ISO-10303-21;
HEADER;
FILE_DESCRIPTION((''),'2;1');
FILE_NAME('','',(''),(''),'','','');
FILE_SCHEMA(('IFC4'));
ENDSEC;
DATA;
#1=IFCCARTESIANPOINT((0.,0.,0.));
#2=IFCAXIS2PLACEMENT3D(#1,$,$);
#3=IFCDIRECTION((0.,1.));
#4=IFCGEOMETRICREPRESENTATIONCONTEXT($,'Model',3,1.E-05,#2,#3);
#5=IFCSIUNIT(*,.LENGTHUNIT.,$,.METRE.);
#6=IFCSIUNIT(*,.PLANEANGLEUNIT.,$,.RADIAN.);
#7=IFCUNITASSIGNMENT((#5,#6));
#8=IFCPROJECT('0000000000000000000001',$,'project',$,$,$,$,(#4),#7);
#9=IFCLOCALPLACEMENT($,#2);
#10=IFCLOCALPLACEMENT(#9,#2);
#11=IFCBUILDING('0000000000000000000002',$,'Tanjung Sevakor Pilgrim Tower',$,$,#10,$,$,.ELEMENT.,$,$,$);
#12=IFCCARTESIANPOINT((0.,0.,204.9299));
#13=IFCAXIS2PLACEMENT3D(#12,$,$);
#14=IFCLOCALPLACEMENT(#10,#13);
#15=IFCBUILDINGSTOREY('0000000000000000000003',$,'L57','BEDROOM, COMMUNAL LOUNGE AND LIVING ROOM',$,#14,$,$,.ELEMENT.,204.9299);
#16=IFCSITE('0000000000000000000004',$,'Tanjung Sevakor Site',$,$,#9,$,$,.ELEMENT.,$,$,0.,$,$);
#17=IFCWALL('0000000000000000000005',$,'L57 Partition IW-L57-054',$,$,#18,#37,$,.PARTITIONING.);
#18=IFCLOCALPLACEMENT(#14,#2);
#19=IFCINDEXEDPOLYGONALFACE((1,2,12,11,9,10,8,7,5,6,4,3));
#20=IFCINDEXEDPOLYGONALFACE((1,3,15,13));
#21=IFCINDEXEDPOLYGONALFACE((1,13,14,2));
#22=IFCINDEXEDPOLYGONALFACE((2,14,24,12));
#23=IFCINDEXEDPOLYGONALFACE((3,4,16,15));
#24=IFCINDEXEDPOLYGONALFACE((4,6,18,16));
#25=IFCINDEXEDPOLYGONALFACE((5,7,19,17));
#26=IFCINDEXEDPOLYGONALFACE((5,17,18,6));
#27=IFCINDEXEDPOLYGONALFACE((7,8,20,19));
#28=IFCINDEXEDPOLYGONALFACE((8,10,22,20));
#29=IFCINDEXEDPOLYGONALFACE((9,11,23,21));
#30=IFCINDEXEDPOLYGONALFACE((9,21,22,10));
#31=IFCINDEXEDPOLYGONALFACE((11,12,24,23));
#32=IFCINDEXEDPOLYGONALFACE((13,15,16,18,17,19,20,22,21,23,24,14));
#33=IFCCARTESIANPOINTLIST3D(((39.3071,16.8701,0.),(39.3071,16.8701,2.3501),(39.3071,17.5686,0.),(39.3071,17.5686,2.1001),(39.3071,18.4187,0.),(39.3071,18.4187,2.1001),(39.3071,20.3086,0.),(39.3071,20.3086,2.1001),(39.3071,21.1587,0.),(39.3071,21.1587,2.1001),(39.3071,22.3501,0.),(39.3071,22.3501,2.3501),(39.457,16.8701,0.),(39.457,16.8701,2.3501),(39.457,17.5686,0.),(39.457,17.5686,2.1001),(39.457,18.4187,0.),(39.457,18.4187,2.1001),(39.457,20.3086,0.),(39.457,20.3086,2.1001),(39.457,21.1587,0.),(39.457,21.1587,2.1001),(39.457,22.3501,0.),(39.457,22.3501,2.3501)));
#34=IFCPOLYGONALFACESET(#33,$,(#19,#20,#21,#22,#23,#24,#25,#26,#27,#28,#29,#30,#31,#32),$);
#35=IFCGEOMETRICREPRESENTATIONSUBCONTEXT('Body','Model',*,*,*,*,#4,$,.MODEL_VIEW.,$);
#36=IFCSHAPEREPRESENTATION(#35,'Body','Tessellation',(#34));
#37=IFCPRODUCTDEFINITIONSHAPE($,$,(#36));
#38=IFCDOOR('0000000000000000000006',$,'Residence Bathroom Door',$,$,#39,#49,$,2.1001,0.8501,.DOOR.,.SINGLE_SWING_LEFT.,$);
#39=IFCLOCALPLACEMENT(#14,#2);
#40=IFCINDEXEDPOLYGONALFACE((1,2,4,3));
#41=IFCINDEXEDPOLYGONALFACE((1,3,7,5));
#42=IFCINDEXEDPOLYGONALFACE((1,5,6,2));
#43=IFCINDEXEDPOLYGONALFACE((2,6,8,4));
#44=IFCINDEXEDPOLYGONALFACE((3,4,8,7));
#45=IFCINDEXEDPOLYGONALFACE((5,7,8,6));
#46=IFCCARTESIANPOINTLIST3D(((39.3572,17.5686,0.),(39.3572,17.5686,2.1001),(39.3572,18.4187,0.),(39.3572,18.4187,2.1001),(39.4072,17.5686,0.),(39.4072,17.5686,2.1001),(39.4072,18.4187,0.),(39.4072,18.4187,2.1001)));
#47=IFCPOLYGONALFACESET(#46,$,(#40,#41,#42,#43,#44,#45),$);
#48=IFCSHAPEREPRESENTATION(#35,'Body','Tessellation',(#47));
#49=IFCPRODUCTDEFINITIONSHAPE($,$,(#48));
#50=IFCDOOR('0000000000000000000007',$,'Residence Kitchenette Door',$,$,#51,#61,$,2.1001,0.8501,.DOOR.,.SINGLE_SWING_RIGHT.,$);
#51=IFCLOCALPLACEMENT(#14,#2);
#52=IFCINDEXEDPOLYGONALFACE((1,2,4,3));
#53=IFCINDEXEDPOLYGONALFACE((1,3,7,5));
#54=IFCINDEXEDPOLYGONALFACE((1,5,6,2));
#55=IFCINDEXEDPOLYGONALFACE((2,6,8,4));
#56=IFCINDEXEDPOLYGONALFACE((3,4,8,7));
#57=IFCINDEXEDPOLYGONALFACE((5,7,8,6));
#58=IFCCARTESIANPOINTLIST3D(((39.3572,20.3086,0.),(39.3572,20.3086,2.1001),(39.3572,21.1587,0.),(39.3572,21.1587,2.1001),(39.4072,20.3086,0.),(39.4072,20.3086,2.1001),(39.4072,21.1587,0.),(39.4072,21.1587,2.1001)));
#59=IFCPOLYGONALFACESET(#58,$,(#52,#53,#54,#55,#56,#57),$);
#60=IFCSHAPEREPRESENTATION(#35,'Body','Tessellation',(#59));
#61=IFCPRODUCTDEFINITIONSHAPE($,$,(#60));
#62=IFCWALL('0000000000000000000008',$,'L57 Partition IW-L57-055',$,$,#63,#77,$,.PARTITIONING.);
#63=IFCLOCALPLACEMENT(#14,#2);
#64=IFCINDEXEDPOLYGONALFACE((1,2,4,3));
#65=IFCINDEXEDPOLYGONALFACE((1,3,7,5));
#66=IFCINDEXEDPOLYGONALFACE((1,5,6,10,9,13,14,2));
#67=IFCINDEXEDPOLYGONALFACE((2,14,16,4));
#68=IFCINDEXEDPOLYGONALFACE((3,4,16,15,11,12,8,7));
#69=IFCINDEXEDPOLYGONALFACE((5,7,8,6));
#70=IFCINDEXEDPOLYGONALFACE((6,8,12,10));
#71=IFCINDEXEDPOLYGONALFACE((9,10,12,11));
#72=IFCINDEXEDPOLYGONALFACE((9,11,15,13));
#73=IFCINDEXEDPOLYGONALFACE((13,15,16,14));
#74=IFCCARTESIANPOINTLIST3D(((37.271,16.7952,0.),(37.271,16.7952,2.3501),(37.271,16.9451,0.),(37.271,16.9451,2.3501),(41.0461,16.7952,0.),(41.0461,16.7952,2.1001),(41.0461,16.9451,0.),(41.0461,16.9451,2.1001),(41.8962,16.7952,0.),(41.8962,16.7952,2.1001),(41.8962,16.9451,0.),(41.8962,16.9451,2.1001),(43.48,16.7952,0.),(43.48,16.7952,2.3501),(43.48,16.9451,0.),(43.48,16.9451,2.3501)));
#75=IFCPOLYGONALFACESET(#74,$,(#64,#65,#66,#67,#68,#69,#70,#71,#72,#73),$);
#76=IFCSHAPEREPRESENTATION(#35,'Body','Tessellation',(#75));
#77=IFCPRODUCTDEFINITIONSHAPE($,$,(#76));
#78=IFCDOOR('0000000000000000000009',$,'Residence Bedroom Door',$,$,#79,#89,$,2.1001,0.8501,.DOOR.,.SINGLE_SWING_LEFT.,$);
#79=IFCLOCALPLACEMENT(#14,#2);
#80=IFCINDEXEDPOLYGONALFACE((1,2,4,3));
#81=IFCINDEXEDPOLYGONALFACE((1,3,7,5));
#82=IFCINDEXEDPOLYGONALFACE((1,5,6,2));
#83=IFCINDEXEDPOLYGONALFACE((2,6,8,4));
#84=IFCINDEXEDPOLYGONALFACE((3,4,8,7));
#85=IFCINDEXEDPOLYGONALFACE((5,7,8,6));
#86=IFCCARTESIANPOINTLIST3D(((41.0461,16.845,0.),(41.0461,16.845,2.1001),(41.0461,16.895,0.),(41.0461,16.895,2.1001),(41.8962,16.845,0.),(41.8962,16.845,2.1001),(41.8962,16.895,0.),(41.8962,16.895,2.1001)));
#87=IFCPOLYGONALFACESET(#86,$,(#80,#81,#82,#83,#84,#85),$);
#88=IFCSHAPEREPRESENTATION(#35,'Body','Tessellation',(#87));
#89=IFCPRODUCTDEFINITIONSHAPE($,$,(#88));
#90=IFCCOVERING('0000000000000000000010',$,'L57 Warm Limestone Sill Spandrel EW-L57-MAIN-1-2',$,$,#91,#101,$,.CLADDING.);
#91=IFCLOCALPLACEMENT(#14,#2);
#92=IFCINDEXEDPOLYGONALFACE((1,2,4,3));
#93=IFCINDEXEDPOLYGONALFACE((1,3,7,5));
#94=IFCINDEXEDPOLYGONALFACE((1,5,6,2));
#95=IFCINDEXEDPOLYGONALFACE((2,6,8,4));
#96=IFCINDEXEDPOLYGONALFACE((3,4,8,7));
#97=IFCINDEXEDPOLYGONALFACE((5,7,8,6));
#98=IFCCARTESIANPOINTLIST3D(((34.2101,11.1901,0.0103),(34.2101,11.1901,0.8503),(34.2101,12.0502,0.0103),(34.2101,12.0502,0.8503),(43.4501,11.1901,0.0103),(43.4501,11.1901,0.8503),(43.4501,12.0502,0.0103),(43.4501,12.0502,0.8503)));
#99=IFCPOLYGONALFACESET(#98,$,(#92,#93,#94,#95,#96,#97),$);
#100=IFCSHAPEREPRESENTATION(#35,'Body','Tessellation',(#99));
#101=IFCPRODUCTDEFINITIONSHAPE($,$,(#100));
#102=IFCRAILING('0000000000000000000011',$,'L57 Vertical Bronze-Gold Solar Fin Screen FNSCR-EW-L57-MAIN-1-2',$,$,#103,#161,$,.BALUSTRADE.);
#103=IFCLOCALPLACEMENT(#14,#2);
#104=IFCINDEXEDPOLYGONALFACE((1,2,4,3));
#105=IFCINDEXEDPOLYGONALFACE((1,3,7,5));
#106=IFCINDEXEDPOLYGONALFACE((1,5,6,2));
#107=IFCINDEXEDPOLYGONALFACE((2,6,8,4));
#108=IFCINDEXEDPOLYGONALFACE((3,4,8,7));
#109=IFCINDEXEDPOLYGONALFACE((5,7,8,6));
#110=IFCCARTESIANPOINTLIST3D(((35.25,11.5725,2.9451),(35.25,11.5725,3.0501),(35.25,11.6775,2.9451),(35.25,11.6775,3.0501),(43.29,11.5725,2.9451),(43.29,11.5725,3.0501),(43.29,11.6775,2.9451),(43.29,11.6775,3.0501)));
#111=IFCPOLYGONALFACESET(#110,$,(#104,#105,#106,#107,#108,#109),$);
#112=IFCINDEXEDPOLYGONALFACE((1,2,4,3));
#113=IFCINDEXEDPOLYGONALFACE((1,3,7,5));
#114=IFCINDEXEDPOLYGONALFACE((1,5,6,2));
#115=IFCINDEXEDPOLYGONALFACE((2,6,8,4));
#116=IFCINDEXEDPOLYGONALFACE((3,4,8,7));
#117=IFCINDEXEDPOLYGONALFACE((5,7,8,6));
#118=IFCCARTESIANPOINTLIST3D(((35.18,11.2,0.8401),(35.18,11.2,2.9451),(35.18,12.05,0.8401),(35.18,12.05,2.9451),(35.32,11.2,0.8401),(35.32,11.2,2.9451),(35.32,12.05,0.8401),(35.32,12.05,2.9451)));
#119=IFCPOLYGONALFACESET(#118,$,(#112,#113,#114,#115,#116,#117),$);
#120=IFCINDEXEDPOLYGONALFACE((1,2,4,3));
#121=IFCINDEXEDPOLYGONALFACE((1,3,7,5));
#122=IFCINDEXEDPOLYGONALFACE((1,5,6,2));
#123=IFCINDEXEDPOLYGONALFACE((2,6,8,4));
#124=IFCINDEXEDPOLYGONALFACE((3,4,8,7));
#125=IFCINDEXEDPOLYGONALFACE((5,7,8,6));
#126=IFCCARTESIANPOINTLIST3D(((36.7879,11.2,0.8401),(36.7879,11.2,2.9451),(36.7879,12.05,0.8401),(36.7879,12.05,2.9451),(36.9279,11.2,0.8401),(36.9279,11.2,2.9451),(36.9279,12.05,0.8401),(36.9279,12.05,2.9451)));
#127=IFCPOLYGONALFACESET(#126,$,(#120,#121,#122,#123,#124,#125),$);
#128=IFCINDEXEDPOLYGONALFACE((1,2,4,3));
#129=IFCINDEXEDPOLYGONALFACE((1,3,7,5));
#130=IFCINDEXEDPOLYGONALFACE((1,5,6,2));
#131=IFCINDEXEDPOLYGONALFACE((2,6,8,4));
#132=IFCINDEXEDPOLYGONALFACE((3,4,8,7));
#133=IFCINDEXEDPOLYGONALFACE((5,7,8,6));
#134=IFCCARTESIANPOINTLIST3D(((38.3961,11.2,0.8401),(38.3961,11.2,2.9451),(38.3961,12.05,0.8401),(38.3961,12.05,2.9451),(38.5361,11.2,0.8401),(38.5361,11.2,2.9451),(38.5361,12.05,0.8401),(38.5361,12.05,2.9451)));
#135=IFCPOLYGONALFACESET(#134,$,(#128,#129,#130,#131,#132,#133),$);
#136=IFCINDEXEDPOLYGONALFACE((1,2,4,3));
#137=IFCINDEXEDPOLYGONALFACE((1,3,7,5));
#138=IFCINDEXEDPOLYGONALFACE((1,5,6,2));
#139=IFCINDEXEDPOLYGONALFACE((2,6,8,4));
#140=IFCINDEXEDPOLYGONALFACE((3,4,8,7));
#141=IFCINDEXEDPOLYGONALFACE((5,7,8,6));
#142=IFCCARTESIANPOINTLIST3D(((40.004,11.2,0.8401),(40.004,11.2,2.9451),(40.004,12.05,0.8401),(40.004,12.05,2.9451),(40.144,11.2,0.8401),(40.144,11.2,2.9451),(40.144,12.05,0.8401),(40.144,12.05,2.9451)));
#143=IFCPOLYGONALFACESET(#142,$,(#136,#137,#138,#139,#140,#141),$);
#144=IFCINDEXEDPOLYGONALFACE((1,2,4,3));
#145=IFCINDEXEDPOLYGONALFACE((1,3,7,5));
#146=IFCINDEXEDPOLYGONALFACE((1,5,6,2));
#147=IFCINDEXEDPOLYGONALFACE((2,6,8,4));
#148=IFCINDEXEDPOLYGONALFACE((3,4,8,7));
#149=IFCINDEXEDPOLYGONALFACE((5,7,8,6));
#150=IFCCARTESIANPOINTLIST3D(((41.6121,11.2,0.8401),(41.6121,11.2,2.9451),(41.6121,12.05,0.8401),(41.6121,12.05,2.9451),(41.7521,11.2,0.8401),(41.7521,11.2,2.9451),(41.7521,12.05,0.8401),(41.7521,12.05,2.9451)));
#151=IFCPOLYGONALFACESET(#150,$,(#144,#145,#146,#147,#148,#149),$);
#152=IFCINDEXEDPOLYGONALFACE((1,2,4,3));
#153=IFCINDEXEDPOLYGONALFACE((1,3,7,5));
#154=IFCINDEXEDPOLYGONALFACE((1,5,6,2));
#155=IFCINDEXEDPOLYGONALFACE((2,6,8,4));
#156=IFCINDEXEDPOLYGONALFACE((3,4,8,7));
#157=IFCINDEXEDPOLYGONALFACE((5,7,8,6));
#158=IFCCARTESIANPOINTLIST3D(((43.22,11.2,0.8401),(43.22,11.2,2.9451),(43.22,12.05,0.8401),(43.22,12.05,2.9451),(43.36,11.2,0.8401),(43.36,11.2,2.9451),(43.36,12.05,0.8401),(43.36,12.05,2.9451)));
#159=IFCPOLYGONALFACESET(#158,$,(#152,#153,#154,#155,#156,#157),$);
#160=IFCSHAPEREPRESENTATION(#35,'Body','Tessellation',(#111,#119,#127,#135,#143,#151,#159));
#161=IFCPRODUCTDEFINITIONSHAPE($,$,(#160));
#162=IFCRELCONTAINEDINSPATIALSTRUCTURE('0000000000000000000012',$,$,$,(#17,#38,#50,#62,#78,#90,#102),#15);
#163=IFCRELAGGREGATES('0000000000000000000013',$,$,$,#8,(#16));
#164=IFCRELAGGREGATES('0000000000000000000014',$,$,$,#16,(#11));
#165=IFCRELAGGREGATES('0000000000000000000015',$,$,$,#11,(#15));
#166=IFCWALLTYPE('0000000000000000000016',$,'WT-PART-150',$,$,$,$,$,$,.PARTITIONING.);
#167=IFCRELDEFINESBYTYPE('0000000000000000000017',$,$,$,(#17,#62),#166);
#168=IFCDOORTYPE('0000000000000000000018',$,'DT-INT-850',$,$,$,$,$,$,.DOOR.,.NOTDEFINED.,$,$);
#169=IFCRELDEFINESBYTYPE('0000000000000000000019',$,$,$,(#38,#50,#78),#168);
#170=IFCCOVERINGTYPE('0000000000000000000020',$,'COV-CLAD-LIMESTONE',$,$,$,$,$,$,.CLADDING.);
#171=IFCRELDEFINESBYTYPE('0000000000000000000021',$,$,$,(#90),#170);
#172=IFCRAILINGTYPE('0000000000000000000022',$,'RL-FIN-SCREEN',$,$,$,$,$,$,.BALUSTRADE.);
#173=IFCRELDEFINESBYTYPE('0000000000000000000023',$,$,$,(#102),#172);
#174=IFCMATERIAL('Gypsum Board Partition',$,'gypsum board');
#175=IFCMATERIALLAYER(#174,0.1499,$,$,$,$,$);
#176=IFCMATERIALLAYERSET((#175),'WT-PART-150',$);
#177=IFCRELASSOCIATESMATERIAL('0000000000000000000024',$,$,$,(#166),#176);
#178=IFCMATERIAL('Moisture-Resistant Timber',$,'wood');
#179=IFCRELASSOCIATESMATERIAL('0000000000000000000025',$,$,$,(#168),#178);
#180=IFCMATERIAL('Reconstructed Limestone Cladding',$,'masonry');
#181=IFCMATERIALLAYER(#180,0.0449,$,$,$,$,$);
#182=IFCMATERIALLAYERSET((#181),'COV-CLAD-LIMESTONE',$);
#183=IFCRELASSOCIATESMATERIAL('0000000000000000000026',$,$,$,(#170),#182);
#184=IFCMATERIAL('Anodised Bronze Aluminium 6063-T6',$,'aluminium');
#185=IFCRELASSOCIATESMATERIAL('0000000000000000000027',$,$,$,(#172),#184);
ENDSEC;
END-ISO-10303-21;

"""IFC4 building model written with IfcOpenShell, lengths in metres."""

from ifc_helpers import new_model, si_unit, direction, frame, frame_2d, origin, origin_2d, place, context, subcontext, project, spatial, rectangle, extrude, material, layer, layer_set, type_object, element, fill, save


model = new_model("IFC4")

# Units and contexts
model_context = context("Model", 3, precision=1e-05, world=origin(), true_north=direction((0.0, 1.0)))
body_context = subcontext(model_context, "Body", "Model", "MODEL_VIEW")
ifc_project = project(units=[si_unit("LENGTHUNIT", "METRE"), si_unit("PLANEANGLEUNIT", "RADIAN")], contexts=[model_context])

# Site, building, storey
site_placement = place(None, origin())
site = spatial("IfcSite", under=ifc_project, at=site_placement, Name="Tanjung Sevakor Site", CompositionType="ELEMENT", RefElevation=0.0)
building_placement = place(site_placement, origin())
building = spatial("IfcBuilding", under=site, at=building_placement, Name="Tanjung Sevakor Pilgrim Tower", CompositionType="ELEMENT")
storey_placement = place(building_placement, frame((0.0, 0.0, 204.9299)))
storey = spatial("IfcBuildingStorey", under=building, at=storey_placement, Name="L57", Description="BEDROOM, COMMUNAL LOUNGE AND LIVING ROOM", CompositionType="ELEMENT", Elevation=204.9299)

# Shared definitions
ifc_material_1 = material(Name="Gypsum Board Partition", Category="gypsum board")
ifc_layer_1 = layer(ifc_material_1, 0.1499)
ifc_layer_set_1 = layer_set([ifc_layer_1], Name="WT-PART-150")
wall_type_1 = type_object("IfcWallType", Name="WT-PART-150", PredefinedType="PARTITIONING", material=ifc_layer_set_1)

# Wall, openings, doors
ifc_material_2 = material(Name="Moisture-Resistant Timber", Category="wood")
door_type = type_object("IfcDoorType", Name="DT-INT-850", OperationType="NOTDEFINED", PredefinedType="DOOR", material=ifc_material_2)
wall_1_placement = place(storey_placement, frame((39.3821, 16.8701, 0.0), z_axis=(0.0, 0.0, 1.0), x_axis=(0.0, 1.0, 0.0)))
wall_1 = element("IfcWall", 1, at=wall_1_placement, inside=storey, type_object=wall_type_1, Name="L57 Partition IW-L57-054", PredefinedType="PARTITIONING", context=body_context, shape_type="SweptSolid", body=[
    extrude(rectangle(XDim=5.48, YDim=0.1499, at=frame_2d((2.74, 0.0))), origin(), (0.0, 0.0, 1.0), 2.3501),
])
opening_1_placement = place(wall_1_placement, frame((0.6985, 0.0, 0.0)))
opening_1 = element("IfcOpeningElement", 2, at=opening_1_placement, cuts=wall_1, PredefinedType="OPENING", context=body_context, shape_type="SweptSolid", body=[
    extrude(rectangle(XDim=0.8501, YDim=2.1001, at=frame_2d((0.425, 1.05))), frame((0.0, 0.085, 0.0), z_axis=(0.0, -1.0, 0.0), x_axis=(1.0, 0.0, 0.0)), (0.0, 0.0, 1.0), 0.1699),
])
opening_2_placement = place(wall_1_placement, frame((3.4385, 0.0, 0.0)))
opening_2 = element("IfcOpeningElement", 3, at=opening_2_placement, cuts=wall_1, PredefinedType="OPENING", context=body_context, shape_type="SweptSolid", body=[
    extrude(rectangle(XDim=0.8501, YDim=2.1001, at=frame_2d((0.425, 1.05))), frame((0.0, 0.085, 0.0), z_axis=(0.0, -1.0, 0.0), x_axis=(1.0, 0.0, 0.0)), (0.0, 0.0, 1.0), 0.1699),
])
door_1_placement = place(opening_1_placement, origin())
door_1 = element("IfcDoor", 4, at=door_1_placement, inside=storey, type_object=door_type, Name="Residence Bathroom Door", OperationType="SINGLE_SWING_LEFT", OverallHeight=2.1001, OverallWidth=0.8501, PredefinedType="DOOR", context=body_context, shape_type="SweptSolid", body=[
    extrude(rectangle(XDim=0.8501, YDim=2.1001, at=frame_2d((0.425, 1.05))), frame((0.0, 0.0249, 0.0), z_axis=(0.0, -1.0, 0.0), x_axis=(1.0, 0.0, 0.0)), (0.0, 0.0, 1.0), 0.05),
])
fill(opening_1, door_1)
door_2_placement = place(opening_2_placement, origin())
door_2 = element("IfcDoor", 5, at=door_2_placement, inside=storey, type_object=door_type, Name="Residence Kitchenette Door", OperationType="SINGLE_SWING_RIGHT", OverallHeight=2.1001, OverallWidth=0.8501, PredefinedType="DOOR", context=body_context, shape_type="SweptSolid", body=[
    extrude(rectangle(XDim=0.8501, YDim=2.1001, at=frame_2d((0.425, 1.05))), frame((0.0, 0.0249, 0.0), z_axis=(0.0, -1.0, 0.0), x_axis=(1.0, 0.0, 0.0)), (0.0, 0.0, 1.0), 0.05),
])
fill(opening_2, door_2)

# Wall, opening, door
wall_2_placement = place(storey_placement, frame((37.271, 16.8701, 0.0), z_axis=(0.0, 0.0, 1.0), x_axis=(1.0, 0.0, 0.0)))
wall_2 = element("IfcWall", 6, at=wall_2_placement, inside=storey, type_object=wall_type_1, Name="L57 Partition IW-L57-055", PredefinedType="PARTITIONING", context=body_context, shape_type="SweptSolid", body=[
    extrude(rectangle(XDim=6.209, YDim=0.1499, at=frame_2d((3.1045, 0.0))), origin(), (0.0, 0.0, 1.0), 2.3501),
])
opening_3_placement = place(wall_2_placement, frame((3.7751, 0.0, 0.0)))
opening_3 = element("IfcOpeningElement", 7, at=opening_3_placement, cuts=wall_2, PredefinedType="OPENING", context=body_context, shape_type="SweptSolid", body=[
    extrude(rectangle(XDim=0.8501, YDim=2.1001, at=frame_2d((0.425, 1.05))), frame((0.0, 0.085, 0.0), z_axis=(0.0, -1.0, 0.0), x_axis=(1.0, 0.0, 0.0)), (0.0, 0.0, 1.0), 0.1699),
])
door_3_placement = place(opening_3_placement, origin())
door_3 = element("IfcDoor", 8, at=door_3_placement, inside=storey, type_object=door_type, Name="Residence Bedroom Door", OperationType="SINGLE_SWING_LEFT", OverallHeight=2.1001, OverallWidth=0.8501, PredefinedType="DOOR", context=body_context, shape_type="SweptSolid", body=[
    extrude(rectangle(XDim=0.8501, YDim=2.1001, at=frame_2d((0.425, 1.05))), frame((0.0, 0.0249, 0.0), z_axis=(0.0, -1.0, 0.0), x_axis=(1.0, 0.0, 0.0)), (0.0, 0.0, 1.0), 0.05),
])
fill(opening_3, door_3)

# Covering
ifc_material_3 = material(Name="Reconstructed Limestone Cladding", Category="masonry")
ifc_layer_2 = layer(ifc_material_3, 0.0449)
ifc_layer_set_2 = layer_set([ifc_layer_2], Name="COV-CLAD-LIMESTONE")
covering_type = type_object("IfcCoveringType", Name="COV-CLAD-LIMESTONE", PredefinedType="CLADDING", material=ifc_layer_set_2)
covering_placement = place(storey_placement, frame((38.8301, 11.6201, 0.0103), z_axis=(0.0, 0.0, 1.0), x_axis=(1.0, 0.0, 0.0)))
element("IfcCovering", 9, at=covering_placement, inside=storey, type_object=covering_type, Name="L57 Warm Limestone Sill Spandrel EW-L57-MAIN-1-2", PredefinedType="CLADDING", context=body_context, shape_type="SweptSolid", body=[
    extrude(rectangle(XDim=9.24, YDim=0.8601, at=origin_2d()), origin(), (0.0, 0.0, 1.0), 0.8401),
])

# Railing
ifc_material_4 = material(Name="Anodised Bronze Aluminium 6063-T6", Category="aluminium")
railing_type = type_object("IfcRailingType", Name="RL-FIN-SCREEN", PredefinedType="BALUSTRADE", material=ifc_material_4)
railing_placement = place(storey_placement, frame((35.25, 11.625, 0.8401)))
element("IfcRailing", 10, at=railing_placement, inside=storey, type_object=railing_type, Name="L57 Vertical Bronze-Gold Solar Fin Screen FNSCR-EW-L57-MAIN-1-2", PredefinedType="BALUSTRADE", context=body_context, shape_type="SweptSolid", body=[
    extrude(rectangle(XDim=0.105, YDim=0.105), frame((0.0, 0.0, 2.1575), z_axis=(1.0, 0.0, 0.0), x_axis=(0.0, 1.0, 0.0)), (0.0, 0.0, 1.0), 8.04),
    extrude(rectangle(XDim=0.14, YDim=0.85), origin(), (0.0, 0.0, 1.0), 2.105),
    extrude(rectangle(XDim=0.14, YDim=0.85), frame((1.6079, 0.0, 0.0)), (0.0, 0.0, 1.0), 2.105),
    extrude(rectangle(XDim=0.14, YDim=0.85), frame((3.2161, 0.0, 0.0)), (0.0, 0.0, 1.0), 2.105),
    extrude(rectangle(XDim=0.14, YDim=0.85), frame((4.824, 0.0, 0.0)), (0.0, 0.0, 1.0), 2.105),
    extrude(rectangle(XDim=0.14, YDim=0.85), frame((6.4321, 0.0, 0.0)), (0.0, 0.0, 1.0), 2.105),
    extrude(rectangle(XDim=0.14, YDim=0.85), frame((8.04, 0.0, 0.0)), (0.0, 0.0, 1.0), 2.105),
])

save(model, "model.ifc")
